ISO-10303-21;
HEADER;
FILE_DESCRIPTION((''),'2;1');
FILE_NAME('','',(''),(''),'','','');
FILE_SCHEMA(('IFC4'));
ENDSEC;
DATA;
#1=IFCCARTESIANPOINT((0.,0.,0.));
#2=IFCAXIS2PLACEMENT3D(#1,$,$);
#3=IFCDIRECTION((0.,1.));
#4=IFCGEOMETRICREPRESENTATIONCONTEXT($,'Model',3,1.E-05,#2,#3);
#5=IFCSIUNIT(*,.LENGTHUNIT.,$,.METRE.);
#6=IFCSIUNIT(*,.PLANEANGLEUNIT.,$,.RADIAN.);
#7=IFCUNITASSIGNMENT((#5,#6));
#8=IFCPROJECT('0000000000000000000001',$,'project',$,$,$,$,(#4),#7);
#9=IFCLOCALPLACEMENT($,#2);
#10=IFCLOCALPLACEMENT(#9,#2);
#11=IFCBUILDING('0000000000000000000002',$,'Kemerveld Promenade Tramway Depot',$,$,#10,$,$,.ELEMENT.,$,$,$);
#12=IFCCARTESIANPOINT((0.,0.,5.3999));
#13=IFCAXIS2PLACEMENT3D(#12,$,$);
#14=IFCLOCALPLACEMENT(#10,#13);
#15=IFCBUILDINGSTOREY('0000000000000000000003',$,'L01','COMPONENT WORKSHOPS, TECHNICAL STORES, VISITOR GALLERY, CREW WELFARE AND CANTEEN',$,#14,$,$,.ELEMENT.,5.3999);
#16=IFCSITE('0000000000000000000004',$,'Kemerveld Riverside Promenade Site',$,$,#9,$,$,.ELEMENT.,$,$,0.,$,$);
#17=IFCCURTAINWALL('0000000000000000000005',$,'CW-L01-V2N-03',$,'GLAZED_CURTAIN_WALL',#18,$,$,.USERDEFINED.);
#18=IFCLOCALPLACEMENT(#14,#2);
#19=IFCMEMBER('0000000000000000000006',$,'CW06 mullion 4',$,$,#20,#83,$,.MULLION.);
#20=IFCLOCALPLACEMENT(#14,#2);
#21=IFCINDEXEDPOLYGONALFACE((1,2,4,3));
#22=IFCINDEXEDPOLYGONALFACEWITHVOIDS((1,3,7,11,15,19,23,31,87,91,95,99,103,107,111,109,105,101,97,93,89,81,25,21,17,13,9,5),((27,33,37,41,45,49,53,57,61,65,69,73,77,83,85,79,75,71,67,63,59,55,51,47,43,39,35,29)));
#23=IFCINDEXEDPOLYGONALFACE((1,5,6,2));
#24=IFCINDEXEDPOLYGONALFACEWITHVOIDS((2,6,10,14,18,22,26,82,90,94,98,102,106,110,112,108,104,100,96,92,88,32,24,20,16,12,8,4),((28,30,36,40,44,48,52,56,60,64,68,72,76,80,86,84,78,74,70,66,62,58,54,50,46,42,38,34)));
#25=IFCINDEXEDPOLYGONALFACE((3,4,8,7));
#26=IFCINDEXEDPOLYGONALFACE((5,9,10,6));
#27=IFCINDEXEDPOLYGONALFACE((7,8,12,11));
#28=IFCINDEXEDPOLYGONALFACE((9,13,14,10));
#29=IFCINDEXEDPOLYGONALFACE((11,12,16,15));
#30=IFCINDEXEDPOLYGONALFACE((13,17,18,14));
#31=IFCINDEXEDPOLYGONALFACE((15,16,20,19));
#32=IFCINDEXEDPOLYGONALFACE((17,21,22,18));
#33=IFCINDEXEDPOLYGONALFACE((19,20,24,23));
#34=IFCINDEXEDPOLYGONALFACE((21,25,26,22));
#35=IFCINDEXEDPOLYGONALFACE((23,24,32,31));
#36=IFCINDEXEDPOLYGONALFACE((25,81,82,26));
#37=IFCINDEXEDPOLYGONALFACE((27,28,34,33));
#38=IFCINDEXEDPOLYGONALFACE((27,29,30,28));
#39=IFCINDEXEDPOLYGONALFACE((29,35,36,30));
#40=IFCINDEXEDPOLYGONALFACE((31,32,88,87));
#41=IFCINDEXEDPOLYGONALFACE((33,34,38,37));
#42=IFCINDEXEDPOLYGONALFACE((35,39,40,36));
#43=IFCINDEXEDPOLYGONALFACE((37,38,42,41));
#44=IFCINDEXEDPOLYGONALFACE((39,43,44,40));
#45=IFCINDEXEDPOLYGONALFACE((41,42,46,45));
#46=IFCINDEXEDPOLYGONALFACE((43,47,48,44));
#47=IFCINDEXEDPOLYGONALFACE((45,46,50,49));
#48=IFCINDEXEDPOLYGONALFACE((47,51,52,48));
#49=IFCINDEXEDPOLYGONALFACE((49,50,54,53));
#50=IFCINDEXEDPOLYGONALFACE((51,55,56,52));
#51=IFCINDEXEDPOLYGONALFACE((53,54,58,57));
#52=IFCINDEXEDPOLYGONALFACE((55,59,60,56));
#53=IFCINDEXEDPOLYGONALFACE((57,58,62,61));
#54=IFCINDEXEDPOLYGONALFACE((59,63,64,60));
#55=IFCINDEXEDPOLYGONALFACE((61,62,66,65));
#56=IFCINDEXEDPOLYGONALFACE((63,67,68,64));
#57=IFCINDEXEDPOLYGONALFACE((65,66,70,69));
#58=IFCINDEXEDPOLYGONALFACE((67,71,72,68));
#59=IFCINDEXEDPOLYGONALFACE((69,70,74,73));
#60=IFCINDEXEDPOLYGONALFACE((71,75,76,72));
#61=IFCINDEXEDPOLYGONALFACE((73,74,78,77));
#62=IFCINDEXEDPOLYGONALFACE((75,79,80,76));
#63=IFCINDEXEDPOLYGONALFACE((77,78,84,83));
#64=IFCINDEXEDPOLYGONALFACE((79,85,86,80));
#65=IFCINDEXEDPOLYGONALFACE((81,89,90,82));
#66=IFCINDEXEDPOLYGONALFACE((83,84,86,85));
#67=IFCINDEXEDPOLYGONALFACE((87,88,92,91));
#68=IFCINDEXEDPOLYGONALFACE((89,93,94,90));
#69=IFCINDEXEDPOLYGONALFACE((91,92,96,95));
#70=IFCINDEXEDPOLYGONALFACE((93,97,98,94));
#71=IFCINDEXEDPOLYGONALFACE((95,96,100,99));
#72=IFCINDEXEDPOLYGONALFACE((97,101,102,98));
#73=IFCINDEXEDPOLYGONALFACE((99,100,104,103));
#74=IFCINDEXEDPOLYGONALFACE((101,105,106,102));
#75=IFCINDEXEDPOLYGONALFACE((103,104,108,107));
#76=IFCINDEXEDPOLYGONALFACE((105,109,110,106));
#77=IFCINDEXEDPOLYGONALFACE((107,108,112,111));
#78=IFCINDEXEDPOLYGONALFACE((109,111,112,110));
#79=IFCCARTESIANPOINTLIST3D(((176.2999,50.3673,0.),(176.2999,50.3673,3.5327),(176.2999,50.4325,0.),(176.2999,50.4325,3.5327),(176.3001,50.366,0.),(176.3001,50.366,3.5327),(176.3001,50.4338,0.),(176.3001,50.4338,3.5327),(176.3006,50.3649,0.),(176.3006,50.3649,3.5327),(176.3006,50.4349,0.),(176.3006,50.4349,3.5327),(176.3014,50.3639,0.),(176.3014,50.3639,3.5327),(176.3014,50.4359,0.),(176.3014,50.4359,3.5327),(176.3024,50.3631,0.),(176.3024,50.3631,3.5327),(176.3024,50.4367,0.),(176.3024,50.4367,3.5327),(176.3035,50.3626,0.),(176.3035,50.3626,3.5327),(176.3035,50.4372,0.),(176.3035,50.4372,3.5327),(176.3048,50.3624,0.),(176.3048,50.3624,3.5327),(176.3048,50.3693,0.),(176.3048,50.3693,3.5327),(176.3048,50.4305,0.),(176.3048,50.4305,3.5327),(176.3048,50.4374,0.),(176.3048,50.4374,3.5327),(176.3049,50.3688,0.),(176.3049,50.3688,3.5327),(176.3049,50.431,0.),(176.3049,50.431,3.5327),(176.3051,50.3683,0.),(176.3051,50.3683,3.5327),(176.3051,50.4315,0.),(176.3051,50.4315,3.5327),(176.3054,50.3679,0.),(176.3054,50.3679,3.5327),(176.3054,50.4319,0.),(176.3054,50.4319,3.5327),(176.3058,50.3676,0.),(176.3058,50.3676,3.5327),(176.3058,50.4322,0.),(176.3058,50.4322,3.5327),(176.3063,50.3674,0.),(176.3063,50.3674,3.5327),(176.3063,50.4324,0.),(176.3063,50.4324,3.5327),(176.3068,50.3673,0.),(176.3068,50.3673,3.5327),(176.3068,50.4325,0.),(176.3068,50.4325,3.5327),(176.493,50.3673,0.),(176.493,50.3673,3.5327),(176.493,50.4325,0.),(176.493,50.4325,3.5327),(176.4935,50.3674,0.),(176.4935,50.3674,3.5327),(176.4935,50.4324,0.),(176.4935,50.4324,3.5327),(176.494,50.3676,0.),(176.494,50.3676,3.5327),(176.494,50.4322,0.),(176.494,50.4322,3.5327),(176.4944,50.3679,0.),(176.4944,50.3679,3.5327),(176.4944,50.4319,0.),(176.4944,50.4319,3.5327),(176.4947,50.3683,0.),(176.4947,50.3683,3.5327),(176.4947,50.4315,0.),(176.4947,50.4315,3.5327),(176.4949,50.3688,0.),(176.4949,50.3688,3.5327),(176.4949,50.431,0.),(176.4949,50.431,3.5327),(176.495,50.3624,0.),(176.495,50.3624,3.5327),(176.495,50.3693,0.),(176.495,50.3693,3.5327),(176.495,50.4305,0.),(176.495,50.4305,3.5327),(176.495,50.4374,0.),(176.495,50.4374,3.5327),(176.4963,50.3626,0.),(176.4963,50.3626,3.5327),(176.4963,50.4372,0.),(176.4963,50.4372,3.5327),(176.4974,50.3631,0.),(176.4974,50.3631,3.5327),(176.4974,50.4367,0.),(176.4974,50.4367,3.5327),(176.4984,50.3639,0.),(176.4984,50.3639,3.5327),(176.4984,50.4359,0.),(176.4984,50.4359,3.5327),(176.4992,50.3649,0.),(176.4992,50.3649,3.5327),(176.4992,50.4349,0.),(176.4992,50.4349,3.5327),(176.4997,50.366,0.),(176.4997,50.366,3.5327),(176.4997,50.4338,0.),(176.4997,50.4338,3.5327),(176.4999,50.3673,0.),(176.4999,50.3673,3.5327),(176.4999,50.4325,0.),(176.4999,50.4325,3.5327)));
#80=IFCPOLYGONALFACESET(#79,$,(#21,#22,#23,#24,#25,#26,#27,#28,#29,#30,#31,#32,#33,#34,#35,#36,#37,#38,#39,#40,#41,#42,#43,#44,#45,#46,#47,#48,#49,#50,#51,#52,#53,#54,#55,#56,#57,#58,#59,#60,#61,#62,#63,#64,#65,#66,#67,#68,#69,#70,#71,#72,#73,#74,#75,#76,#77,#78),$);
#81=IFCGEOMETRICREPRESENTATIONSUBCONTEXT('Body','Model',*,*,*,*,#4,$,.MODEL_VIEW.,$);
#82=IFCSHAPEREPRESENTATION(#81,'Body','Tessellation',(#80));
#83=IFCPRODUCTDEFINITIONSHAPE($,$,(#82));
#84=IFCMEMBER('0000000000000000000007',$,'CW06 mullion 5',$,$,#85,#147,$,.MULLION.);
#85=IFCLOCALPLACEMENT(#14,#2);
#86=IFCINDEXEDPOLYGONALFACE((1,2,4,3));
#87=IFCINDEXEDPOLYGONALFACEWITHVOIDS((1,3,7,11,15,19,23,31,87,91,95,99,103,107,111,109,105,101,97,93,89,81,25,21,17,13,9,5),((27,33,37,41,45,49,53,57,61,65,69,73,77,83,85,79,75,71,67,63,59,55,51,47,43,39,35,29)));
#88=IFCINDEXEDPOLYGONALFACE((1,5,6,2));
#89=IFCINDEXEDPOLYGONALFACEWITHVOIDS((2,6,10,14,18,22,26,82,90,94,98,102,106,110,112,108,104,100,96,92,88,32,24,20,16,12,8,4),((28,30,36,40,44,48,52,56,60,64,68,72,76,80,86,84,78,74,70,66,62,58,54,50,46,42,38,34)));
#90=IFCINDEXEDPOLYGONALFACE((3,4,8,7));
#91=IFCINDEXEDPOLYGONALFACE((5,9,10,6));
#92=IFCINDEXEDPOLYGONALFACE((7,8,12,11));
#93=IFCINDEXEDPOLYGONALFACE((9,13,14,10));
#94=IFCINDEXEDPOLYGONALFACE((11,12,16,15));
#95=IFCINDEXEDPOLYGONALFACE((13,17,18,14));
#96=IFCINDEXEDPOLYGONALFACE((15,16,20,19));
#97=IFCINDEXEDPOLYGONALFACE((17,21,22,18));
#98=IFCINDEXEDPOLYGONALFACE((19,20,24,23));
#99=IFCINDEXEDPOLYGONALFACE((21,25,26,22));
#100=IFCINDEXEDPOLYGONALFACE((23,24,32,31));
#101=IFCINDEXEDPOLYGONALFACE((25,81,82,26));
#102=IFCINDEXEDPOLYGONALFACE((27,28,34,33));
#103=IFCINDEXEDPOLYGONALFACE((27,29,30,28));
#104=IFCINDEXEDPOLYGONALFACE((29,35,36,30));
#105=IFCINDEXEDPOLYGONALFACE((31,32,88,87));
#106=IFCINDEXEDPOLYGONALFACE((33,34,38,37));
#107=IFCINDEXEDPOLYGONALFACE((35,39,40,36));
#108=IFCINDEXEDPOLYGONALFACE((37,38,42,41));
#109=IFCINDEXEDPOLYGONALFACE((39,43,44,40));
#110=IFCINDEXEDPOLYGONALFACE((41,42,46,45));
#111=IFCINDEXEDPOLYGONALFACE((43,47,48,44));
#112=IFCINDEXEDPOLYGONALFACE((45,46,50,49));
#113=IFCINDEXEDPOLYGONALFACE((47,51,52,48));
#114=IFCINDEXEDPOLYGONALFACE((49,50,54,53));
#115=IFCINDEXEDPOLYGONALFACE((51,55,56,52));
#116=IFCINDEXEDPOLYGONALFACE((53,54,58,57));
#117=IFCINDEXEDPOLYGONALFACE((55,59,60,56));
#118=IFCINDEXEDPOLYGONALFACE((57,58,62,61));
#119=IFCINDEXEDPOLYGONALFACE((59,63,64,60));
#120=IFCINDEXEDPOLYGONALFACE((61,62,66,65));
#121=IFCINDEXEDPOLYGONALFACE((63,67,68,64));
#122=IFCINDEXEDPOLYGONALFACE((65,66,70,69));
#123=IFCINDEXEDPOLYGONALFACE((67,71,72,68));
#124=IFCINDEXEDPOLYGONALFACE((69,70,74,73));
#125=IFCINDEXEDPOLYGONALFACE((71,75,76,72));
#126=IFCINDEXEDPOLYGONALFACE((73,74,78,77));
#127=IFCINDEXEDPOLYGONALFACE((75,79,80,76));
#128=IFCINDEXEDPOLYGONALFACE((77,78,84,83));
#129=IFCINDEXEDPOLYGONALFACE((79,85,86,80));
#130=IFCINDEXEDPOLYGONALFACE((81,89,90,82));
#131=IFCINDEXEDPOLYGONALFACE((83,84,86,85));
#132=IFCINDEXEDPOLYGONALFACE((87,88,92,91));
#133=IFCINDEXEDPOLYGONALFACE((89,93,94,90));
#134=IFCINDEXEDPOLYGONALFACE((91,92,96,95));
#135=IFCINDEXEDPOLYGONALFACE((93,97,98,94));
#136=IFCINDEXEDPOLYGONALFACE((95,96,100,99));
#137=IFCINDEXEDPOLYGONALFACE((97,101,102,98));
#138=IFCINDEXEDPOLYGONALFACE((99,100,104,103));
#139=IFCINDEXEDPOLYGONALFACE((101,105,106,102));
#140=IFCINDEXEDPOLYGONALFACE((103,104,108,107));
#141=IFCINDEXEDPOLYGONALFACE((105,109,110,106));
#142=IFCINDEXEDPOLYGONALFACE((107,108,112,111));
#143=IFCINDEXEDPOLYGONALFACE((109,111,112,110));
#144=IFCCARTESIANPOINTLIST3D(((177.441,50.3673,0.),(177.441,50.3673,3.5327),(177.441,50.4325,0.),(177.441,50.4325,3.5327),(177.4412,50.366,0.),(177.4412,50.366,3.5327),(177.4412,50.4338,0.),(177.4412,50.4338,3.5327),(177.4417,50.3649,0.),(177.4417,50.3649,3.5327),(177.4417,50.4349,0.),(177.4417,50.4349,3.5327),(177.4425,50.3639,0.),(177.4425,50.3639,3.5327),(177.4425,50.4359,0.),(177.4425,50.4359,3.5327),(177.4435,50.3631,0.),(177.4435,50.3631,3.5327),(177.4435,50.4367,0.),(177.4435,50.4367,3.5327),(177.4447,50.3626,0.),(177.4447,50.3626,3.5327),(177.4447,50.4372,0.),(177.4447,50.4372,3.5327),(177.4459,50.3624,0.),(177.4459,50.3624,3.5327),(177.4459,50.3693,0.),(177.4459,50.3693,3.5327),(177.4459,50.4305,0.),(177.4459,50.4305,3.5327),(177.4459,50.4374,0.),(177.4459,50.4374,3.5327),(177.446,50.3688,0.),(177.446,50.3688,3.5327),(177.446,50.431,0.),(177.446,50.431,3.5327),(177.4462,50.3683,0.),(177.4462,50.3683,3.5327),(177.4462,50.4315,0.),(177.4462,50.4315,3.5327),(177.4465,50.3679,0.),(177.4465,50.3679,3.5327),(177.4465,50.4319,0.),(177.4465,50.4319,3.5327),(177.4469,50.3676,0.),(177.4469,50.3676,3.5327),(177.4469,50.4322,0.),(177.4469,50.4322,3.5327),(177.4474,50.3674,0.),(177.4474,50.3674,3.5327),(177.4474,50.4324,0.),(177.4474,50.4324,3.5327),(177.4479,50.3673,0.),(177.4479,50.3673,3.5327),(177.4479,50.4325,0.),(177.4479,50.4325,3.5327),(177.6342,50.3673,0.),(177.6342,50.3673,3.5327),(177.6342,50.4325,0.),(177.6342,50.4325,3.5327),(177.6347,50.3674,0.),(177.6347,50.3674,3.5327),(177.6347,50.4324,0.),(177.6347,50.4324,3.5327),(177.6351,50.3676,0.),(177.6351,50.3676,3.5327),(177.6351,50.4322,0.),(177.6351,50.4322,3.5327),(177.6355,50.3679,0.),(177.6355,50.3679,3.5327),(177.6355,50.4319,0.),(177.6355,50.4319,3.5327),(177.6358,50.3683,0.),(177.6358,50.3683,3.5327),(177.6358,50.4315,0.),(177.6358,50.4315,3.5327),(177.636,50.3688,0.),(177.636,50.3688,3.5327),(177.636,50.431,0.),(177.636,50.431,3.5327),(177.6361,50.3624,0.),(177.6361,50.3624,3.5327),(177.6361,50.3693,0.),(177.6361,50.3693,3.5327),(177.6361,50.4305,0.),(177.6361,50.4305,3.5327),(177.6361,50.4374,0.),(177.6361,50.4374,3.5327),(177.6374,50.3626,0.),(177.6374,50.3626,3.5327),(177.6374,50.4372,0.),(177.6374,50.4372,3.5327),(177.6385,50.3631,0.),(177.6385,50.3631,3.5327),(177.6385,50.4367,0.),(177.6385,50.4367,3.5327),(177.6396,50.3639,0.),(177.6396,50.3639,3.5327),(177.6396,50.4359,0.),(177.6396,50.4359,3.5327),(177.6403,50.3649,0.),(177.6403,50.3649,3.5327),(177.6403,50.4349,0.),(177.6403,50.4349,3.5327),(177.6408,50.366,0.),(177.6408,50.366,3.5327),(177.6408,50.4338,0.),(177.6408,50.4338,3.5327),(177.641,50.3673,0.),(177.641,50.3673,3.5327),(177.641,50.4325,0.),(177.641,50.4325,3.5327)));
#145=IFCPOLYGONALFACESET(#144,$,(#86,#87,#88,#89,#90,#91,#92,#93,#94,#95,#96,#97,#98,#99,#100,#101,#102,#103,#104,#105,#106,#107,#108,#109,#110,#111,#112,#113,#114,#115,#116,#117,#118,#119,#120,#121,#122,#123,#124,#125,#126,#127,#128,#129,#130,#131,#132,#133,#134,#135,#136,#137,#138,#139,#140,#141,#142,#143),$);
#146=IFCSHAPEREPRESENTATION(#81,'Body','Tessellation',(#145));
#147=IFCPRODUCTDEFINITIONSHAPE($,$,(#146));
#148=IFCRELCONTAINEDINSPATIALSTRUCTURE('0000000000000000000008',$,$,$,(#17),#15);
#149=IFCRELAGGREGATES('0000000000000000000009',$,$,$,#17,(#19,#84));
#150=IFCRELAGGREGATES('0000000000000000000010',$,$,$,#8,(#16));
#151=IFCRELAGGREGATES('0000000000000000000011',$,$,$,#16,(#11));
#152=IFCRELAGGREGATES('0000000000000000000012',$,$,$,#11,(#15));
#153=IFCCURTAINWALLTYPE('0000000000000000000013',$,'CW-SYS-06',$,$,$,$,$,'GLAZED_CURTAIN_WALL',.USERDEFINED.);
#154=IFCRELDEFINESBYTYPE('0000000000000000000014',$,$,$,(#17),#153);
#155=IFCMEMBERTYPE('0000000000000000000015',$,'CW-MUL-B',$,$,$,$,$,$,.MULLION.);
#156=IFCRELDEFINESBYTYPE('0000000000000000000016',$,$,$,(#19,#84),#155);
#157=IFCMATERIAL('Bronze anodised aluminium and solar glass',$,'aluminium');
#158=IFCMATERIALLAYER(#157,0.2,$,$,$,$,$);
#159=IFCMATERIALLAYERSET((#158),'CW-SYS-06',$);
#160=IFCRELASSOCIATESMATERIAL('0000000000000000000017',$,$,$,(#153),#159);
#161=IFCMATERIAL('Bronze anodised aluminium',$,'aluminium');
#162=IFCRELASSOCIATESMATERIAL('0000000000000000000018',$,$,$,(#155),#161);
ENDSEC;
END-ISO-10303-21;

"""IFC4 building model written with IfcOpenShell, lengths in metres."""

from ifc_helpers import new_model, si_unit, direction, frame, origin, origin_2d, place, context, subcontext, project, spatial, hollow_rectangle, extrude, material, layer, layer_set, material_profile, profile_set, type_object, element, aggregate, save


model = new_model("IFC4")

# Units and contexts
model_context = context("Model", 3, precision=1e-05, world=origin(), true_north=direction((0.0, 1.0)))
body_context = subcontext(model_context, "Body", "Model", "MODEL_VIEW")
ifc_project = project(units=[si_unit("LENGTHUNIT", "METRE"), si_unit("PLANEANGLEUNIT", "RADIAN")], contexts=[model_context])

# Site, building, storey
site_placement = place(None, origin())
site = spatial("IfcSite", under=ifc_project, at=site_placement, Name="Kemerveld Riverside Promenade Site", CompositionType="ELEMENT", RefElevation=0.0)
building_placement = place(site_placement, origin())
building = spatial("IfcBuilding", under=site, at=building_placement, Name="Kemerveld Promenade Tramway Depot", CompositionType="ELEMENT")
storey_placement = place(building_placement, frame((0.0, 0.0, 5.3999)))
storey = spatial("IfcBuildingStorey", under=building, at=storey_placement, Name="L01", Description="COMPONENT WORKSHOPS, TECHNICAL STORES, VISITOR GALLERY, CREW WELFARE AND CANTEEN", CompositionType="ELEMENT", Elevation=5.3999)

# Curtain wall, members
ifc_material_1 = material(Name="Bronze anodised aluminium and solar glass", Category="aluminium")
ifc_layer_1 = layer(ifc_material_1, 0.2)
ifc_layer_set_1 = layer_set([ifc_layer_1], Name="CW-SYS-06")
curtain_wall_type = type_object("IfcCurtainWallType", Name="CW-SYS-06", ElementType="GLAZED_CURTAIN_WALL", PredefinedType="USERDEFINED", material=ifc_layer_set_1)
curtain_wall_placement = place(storey_placement, origin())
curtain_wall = element("IfcCurtainWall", 1, at=curtain_wall_placement, inside=storey, type_object=curtain_wall_type, Name="CW-L01-V2N-03", ObjectType="GLAZED_CURTAIN_WALL", PredefinedType="USERDEFINED")
ifc_material_2 = material(Name="Bronze anodised aluminium", Category="aluminium")
ifc_material_profile_1 = material_profile(ifc_material_2, hollow_rectangle(XDim=0.075, YDim=0.2, WallThickness=0.0049, InnerFilletRadius=0.002, OuterFilletRadius=0.0049, at=origin_2d()), Name="CW-MUL-200x75")
ifc_profile_set_1 = profile_set([ifc_material_profile_1], Name="Bronze anodised aluminium")
member_type_1 = type_object("IfcMemberType", Name="CW-MUL-B", PredefinedType="MULLION", material=ifc_profile_set_1)
member_1_placement = place(storey_placement, frame((176.3999, 50.3999, 0.0), z_axis=(0.0, 0.0, 1.0), x_axis=(0.0, 1.0, 0.0)))
member_1 = element("IfcMember", 2, at=member_1_placement, type_object=member_type_1, Name="CW06 mullion 4", PredefinedType="MULLION", context=body_context, shape_type="SweptSolid", body=[
    extrude(hollow_rectangle(XDim=0.075, YDim=0.2, WallThickness=0.0049, InnerFilletRadius=0.002, OuterFilletRadius=0.0049, at=origin_2d()), origin(), (0.0, 0.0, 1.0), 3.5327),
])
member_2_placement = place(storey_placement, frame((177.541, 50.3999, 0.0), z_axis=(0.0, 0.0, 1.0), x_axis=(0.0, 1.0, 0.0)))
member_2 = element("IfcMember", 3, at=member_2_placement, type_object=member_type_1, Name="CW06 mullion 5", PredefinedType="MULLION", context=body_context, shape_type="SweptSolid", body=[
    extrude(hollow_rectangle(XDim=0.075, YDim=0.2, WallThickness=0.0049, InnerFilletRadius=0.002, OuterFilletRadius=0.0049, at=origin_2d()), origin(), (0.0, 0.0, 1.0), 3.5327),
])
aggregate(curtain_wall, [member_1, member_2])

save(model, "model.ifc")
